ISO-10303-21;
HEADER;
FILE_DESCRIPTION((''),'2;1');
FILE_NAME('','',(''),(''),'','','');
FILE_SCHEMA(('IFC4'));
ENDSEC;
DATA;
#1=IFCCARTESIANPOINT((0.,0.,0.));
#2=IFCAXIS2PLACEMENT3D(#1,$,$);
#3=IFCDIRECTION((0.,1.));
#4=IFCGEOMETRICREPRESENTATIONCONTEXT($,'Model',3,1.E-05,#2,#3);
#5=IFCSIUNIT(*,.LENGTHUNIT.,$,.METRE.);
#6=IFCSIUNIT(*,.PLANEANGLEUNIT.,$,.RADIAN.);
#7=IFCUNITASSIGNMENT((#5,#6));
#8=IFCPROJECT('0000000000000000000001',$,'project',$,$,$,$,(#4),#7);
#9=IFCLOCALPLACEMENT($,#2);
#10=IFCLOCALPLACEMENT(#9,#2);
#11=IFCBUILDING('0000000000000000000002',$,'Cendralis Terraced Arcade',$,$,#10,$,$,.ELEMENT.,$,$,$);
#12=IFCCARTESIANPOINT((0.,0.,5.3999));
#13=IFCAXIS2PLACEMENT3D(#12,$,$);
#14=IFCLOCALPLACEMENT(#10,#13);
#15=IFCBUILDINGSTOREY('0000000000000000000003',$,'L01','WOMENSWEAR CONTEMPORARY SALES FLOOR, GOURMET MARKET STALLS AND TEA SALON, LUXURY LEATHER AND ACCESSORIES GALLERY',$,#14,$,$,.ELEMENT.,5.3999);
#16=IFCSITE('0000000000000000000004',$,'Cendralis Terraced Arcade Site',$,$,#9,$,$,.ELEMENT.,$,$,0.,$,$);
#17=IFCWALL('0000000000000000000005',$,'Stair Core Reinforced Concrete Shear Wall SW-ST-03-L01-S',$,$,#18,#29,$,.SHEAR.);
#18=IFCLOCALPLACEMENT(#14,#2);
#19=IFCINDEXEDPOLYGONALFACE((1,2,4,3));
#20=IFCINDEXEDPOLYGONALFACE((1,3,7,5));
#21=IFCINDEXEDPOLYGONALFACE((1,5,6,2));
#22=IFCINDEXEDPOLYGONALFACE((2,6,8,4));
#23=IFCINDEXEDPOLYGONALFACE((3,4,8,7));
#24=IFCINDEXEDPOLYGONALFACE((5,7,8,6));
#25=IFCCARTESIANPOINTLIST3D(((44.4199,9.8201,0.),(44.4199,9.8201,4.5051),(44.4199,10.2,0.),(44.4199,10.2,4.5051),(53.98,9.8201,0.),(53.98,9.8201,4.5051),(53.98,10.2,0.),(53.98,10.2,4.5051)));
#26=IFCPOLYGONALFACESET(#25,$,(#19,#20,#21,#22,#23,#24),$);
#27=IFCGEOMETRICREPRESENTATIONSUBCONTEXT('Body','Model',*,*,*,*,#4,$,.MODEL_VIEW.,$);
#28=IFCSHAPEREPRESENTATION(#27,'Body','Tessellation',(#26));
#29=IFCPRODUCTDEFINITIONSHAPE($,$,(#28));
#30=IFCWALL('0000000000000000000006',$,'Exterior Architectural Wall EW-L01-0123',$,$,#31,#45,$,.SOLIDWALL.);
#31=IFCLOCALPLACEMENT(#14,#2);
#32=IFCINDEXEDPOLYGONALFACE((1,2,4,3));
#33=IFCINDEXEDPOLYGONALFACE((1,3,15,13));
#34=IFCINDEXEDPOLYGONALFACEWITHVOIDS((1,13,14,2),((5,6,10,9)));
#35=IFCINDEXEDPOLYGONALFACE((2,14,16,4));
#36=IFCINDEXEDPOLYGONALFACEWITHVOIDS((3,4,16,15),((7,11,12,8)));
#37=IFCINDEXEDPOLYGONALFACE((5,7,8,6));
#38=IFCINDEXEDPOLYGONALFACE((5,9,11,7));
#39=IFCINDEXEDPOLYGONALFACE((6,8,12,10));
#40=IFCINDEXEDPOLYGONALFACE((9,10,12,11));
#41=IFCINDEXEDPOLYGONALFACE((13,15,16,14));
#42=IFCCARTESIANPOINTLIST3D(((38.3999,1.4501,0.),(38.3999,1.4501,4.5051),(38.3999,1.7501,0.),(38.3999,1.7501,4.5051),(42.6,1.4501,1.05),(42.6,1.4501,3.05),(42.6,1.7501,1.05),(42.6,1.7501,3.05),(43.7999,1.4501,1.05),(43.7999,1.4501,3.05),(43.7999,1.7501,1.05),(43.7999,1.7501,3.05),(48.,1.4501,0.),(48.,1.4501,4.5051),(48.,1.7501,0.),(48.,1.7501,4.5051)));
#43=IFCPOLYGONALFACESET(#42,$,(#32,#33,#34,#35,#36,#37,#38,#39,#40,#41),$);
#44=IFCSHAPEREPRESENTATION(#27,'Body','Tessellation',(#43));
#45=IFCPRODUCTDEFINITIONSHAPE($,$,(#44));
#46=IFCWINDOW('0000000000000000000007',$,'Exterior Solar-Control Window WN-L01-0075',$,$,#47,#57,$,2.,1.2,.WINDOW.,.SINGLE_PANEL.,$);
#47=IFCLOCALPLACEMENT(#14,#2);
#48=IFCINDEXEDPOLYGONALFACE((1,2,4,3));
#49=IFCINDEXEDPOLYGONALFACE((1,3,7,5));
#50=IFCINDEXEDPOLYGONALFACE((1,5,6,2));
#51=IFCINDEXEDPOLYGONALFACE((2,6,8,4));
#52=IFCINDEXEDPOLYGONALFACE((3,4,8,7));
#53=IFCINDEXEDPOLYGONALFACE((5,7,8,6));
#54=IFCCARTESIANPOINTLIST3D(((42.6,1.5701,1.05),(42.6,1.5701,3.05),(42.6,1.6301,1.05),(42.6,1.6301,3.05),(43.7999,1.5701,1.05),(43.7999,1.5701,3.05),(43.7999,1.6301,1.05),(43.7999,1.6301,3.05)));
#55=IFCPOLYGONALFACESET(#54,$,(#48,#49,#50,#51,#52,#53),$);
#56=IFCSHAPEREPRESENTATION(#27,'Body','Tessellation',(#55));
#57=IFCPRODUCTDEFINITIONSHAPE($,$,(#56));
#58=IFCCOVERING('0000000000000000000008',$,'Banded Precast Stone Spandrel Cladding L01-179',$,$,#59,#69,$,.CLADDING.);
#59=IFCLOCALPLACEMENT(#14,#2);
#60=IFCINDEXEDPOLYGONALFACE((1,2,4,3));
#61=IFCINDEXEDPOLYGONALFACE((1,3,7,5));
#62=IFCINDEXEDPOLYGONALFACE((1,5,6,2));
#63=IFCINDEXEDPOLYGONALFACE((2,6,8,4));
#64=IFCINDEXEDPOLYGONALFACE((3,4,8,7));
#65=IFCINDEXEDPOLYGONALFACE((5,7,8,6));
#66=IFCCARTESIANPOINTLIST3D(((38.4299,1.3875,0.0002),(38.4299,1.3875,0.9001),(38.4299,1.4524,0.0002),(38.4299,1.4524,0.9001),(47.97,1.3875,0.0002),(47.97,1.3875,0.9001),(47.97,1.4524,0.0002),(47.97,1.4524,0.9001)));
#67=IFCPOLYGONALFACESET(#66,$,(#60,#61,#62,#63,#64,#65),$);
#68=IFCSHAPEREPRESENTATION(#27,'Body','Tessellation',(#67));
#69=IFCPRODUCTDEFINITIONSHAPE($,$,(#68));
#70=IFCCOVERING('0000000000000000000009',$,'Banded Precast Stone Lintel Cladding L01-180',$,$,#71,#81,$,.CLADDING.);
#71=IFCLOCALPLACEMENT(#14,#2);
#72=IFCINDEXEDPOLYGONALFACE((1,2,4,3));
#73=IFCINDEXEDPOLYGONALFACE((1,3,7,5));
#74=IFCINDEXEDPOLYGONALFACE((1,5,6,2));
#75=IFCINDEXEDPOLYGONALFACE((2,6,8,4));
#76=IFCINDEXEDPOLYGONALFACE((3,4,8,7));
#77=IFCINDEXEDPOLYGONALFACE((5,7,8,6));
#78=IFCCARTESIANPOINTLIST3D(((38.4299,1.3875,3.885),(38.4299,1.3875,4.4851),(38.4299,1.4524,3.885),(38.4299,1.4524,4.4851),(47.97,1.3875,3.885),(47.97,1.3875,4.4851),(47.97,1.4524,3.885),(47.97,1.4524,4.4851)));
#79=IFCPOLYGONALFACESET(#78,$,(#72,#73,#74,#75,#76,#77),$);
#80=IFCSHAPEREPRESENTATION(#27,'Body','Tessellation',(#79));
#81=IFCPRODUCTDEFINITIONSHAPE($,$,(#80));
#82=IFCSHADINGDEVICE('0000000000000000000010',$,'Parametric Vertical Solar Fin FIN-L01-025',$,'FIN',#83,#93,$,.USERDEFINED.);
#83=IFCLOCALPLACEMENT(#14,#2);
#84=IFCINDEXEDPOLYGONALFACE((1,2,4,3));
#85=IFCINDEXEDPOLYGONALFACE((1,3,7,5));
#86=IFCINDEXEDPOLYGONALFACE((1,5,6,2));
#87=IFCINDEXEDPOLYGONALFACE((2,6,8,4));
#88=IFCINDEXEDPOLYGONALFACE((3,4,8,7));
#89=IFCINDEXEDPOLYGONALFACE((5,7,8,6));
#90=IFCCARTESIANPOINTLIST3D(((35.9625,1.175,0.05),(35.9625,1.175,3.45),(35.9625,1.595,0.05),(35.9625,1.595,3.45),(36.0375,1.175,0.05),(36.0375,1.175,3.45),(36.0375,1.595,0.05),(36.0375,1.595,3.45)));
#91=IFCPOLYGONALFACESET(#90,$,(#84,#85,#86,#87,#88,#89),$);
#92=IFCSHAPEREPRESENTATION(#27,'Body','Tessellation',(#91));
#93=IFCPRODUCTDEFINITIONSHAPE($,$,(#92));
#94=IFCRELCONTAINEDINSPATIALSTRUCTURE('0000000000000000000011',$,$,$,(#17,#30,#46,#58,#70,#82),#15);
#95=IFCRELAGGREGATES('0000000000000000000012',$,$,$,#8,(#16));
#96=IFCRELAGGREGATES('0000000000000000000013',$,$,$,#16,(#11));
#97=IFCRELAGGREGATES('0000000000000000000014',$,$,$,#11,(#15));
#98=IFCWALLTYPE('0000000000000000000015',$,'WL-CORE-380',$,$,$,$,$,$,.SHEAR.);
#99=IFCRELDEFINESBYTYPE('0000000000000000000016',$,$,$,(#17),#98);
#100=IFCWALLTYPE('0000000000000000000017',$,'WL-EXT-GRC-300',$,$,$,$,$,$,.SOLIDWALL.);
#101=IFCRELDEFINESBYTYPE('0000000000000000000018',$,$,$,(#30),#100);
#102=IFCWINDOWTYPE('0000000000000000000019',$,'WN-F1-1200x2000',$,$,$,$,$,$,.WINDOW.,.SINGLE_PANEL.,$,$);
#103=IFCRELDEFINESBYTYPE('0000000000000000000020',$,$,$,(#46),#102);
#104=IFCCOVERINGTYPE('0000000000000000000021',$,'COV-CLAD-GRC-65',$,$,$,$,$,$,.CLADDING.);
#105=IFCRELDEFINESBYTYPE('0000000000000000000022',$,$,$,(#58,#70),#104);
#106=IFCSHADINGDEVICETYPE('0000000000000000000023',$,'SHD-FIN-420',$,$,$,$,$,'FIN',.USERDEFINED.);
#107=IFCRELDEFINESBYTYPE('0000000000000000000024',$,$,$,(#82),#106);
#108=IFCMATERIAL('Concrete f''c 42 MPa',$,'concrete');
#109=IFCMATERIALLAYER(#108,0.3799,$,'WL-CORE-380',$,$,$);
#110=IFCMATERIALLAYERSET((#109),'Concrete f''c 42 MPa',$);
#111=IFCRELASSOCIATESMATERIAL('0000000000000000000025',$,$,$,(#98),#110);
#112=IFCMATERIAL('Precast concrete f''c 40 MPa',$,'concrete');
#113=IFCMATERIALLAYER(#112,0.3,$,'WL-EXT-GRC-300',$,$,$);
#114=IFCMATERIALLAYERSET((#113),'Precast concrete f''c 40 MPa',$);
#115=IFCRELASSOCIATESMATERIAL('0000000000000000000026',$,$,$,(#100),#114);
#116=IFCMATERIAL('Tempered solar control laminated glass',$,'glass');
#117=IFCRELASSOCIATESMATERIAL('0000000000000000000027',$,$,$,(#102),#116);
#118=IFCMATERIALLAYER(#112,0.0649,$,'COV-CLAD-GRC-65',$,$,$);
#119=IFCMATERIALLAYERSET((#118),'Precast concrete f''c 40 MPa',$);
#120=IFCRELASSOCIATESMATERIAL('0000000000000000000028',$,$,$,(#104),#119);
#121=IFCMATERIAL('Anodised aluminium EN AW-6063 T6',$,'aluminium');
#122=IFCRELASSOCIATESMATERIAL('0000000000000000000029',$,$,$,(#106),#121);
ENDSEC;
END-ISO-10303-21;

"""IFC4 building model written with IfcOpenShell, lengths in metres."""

from ifc_helpers import new_model, si_unit, direction, frame, frame_2d, origin, origin_2d, place, context, subcontext, project, spatial, rectangle, extrude, material, layer, layer_set, type_object, element, fill, save


model = new_model("IFC4")

# Units and contexts
model_context = context("Model", 3, precision=1e-05, world=origin(), true_north=direction((0.0, 1.0)))
body_context = subcontext(model_context, "Body", "Model", "MODEL_VIEW")
ifc_project = project(units=[si_unit("LENGTHUNIT", "METRE"), si_unit("PLANEANGLEUNIT", "RADIAN")], contexts=[model_context])

# Site, building, storey
site_placement = place(None, origin())
site = spatial("IfcSite", under=ifc_project, at=site_placement, Name="Cendralis Terraced Arcade Site", CompositionType="ELEMENT", RefElevation=0.0)
building_placement = place(site_placement, origin())
building = spatial("IfcBuilding", under=site, at=building_placement, Name="Cendralis Terraced Arcade", CompositionType="ELEMENT")
storey_placement = place(building_placement, frame((0.0, 0.0, 5.3999)))
storey = spatial("IfcBuildingStorey", under=building, at=storey_placement, Name="L01", Description="WOMENSWEAR CONTEMPORARY SALES FLOOR, GOURMET MARKET STALLS AND TEA SALON, LUXURY LEATHER AND ACCESSORIES GALLERY", CompositionType="ELEMENT", Elevation=5.3999)

# Shared definitions
ifc_material_1 = material(Name="Concrete f'c 42 MPa", Category="concrete")

# Shared definitions
ifc_material_2 = material(Name="Anodised aluminium EN AW-6063 T6", Category="aluminium")
ifc_material_3 = material(Name="Tempered solar control laminated glass", Category="glass")

# Wall
ifc_layer_1 = layer(ifc_material_1, 0.3799, Name="WL-CORE-380")
ifc_layer_set_1 = layer_set([ifc_layer_1], Name="Concrete f'c 42 MPa")
wall_type_1 = type_object("IfcWallType", Name="WL-CORE-380", PredefinedType="SHEAR", material=ifc_layer_set_1)
wall_1_placement = place(storey_placement, frame((44.4199, 10.01, 0.0), z_axis=(0.0, 0.0, 1.0), x_axis=(1.0, 0.0, 0.0)))
element("IfcWall", 1, at=wall_1_placement, inside=storey, type_object=wall_type_1, Name="Stair Core Reinforced Concrete Shear Wall SW-ST-03-L01-S", PredefinedType="SHEAR", context=body_context, shape_type="SweptSolid", body=[
    extrude(rectangle(XDim=9.5601, YDim=0.3799, at=frame_2d((4.78, 0.0))), origin(), (0.0, 0.0, 1.0), 4.5051),
])

# Wall, opening, window
ifc_material_4 = material(Name="Precast concrete f'c 40 MPa", Category="concrete")
ifc_layer_2 = layer(ifc_material_4, 0.3, Name="WL-EXT-GRC-300")
ifc_layer_set_2 = layer_set([ifc_layer_2], Name="Precast concrete f'c 40 MPa")
wall_type_2 = type_object("IfcWallType", Name="WL-EXT-GRC-300", PredefinedType="SOLIDWALL", material=ifc_layer_set_2)
wall_2_placement = place(storey_placement, frame((48.0, 1.6001, 0.0), z_axis=(0.0, 0.0, 1.0), x_axis=(-1.0, 0.0, 0.0)))
wall_2 = element("IfcWall", 2, at=wall_2_placement, inside=storey, type_object=wall_type_2, Name="Exterior Architectural Wall EW-L01-0123", PredefinedType="SOLIDWALL", context=body_context, shape_type="SweptSolid", body=[
    extrude(rectangle(XDim=9.6001, YDim=0.3, at=frame_2d((4.8, 0.0))), origin(), (0.0, 0.0, 1.0), 4.5051),
])
opening_placement = place(wall_2_placement, frame((4.2, 0.0, 1.05)))
opening = element("IfcOpeningElement", 3, at=opening_placement, cuts=wall_2, PredefinedType="OPENING", context=body_context, shape_type="SweptSolid", body=[
    extrude(rectangle(XDim=1.2, YDim=2.0, at=frame_2d((0.6001, 1.0))), frame((0.0, 0.1621, 0.0), z_axis=(0.0, -1.0, 0.0), x_axis=(1.0, 0.0, 0.0)), (0.0, 0.0, 1.0), 0.324),
])
window_type = type_object("IfcWindowType", Name="WN-F1-1200x2000", PartitioningType="SINGLE_PANEL", PredefinedType="WINDOW", material=ifc_material_3)
window_placement = place(opening_placement, origin())
window = element("IfcWindow", 4, at=window_placement, inside=storey, type_object=window_type, Name="Exterior Solar-Control Window WN-L01-0075", OverallHeight=2.0, OverallWidth=1.2, PartitioningType="SINGLE_PANEL", PredefinedType="WINDOW", context=body_context, shape_type="SweptSolid", body=[
    extrude(rectangle(XDim=1.2, YDim=2.0, at=frame_2d((0.6001, 1.0))), frame((0.0, 0.03, 0.0), z_axis=(0.0, -1.0, 0.0), x_axis=(1.0, 0.0, 0.0)), (0.0, 0.0, 1.0), 0.0601),
])
fill(opening, window)

# Coverings
ifc_layer_3 = layer(ifc_material_4, 0.0649, Name="COV-CLAD-GRC-65")
ifc_layer_set_3 = layer_set([ifc_layer_3], Name="Precast concrete f'c 40 MPa")
covering_type = type_object("IfcCoveringType", Name="COV-CLAD-GRC-65", PredefinedType="CLADDING", material=ifc_layer_set_3)
covering_1_placement = place(storey_placement, frame((43.2, 1.4199, 0.0002), z_axis=(0.0, 0.0, 1.0), x_axis=(-1.0, 0.0, 0.0)))
element("IfcCovering", 5, at=covering_1_placement, inside=storey, type_object=covering_type, Name="Banded Precast Stone Spandrel Cladding L01-179", PredefinedType="CLADDING", context=body_context, shape_type="SweptSolid", body=[
    extrude(rectangle(XDim=9.54, YDim=0.0649, at=origin_2d()), origin(), (0.0, 0.0, 1.0), 0.8999),
])
covering_2_placement = place(storey_placement, frame((43.2, 1.4199, 3.885), z_axis=(0.0, 0.0, 1.0), x_axis=(-1.0, 0.0, 0.0)))
element("IfcCovering", 6, at=covering_2_placement, inside=storey, type_object=covering_type, Name="Banded Precast Stone Lintel Cladding L01-180", PredefinedType="CLADDING", context=body_context, shape_type="SweptSolid", body=[
    extrude(rectangle(XDim=9.54, YDim=0.0649, at=origin_2d()), origin(), (0.0, 0.0, 1.0), 0.6001),
])

# Shading device
shading_device_type = type_object("IfcShadingDeviceType", Name="SHD-FIN-420", ElementType="FIN", PredefinedType="USERDEFINED", material=ifc_material_2)
shading_device_placement = place(storey_placement, frame((36.0, 1.385, 0.05), z_axis=(0.0, 0.0, 1.0), x_axis=(-1.0, 0.0, 0.0)))
element("IfcShadingDevice", 7, at=shading_device_placement, inside=storey, type_object=shading_device_type, Name="Parametric Vertical Solar Fin FIN-L01-025", ObjectType="FIN", PredefinedType="USERDEFINED", context=body_context, shape_type="SweptSolid", body=[
    extrude(rectangle(XDim=0.075, YDim=0.4199, at=origin_2d()), origin(), (0.0, 0.0, 1.0), 3.3999),
])

save(model, "model.ifc")
